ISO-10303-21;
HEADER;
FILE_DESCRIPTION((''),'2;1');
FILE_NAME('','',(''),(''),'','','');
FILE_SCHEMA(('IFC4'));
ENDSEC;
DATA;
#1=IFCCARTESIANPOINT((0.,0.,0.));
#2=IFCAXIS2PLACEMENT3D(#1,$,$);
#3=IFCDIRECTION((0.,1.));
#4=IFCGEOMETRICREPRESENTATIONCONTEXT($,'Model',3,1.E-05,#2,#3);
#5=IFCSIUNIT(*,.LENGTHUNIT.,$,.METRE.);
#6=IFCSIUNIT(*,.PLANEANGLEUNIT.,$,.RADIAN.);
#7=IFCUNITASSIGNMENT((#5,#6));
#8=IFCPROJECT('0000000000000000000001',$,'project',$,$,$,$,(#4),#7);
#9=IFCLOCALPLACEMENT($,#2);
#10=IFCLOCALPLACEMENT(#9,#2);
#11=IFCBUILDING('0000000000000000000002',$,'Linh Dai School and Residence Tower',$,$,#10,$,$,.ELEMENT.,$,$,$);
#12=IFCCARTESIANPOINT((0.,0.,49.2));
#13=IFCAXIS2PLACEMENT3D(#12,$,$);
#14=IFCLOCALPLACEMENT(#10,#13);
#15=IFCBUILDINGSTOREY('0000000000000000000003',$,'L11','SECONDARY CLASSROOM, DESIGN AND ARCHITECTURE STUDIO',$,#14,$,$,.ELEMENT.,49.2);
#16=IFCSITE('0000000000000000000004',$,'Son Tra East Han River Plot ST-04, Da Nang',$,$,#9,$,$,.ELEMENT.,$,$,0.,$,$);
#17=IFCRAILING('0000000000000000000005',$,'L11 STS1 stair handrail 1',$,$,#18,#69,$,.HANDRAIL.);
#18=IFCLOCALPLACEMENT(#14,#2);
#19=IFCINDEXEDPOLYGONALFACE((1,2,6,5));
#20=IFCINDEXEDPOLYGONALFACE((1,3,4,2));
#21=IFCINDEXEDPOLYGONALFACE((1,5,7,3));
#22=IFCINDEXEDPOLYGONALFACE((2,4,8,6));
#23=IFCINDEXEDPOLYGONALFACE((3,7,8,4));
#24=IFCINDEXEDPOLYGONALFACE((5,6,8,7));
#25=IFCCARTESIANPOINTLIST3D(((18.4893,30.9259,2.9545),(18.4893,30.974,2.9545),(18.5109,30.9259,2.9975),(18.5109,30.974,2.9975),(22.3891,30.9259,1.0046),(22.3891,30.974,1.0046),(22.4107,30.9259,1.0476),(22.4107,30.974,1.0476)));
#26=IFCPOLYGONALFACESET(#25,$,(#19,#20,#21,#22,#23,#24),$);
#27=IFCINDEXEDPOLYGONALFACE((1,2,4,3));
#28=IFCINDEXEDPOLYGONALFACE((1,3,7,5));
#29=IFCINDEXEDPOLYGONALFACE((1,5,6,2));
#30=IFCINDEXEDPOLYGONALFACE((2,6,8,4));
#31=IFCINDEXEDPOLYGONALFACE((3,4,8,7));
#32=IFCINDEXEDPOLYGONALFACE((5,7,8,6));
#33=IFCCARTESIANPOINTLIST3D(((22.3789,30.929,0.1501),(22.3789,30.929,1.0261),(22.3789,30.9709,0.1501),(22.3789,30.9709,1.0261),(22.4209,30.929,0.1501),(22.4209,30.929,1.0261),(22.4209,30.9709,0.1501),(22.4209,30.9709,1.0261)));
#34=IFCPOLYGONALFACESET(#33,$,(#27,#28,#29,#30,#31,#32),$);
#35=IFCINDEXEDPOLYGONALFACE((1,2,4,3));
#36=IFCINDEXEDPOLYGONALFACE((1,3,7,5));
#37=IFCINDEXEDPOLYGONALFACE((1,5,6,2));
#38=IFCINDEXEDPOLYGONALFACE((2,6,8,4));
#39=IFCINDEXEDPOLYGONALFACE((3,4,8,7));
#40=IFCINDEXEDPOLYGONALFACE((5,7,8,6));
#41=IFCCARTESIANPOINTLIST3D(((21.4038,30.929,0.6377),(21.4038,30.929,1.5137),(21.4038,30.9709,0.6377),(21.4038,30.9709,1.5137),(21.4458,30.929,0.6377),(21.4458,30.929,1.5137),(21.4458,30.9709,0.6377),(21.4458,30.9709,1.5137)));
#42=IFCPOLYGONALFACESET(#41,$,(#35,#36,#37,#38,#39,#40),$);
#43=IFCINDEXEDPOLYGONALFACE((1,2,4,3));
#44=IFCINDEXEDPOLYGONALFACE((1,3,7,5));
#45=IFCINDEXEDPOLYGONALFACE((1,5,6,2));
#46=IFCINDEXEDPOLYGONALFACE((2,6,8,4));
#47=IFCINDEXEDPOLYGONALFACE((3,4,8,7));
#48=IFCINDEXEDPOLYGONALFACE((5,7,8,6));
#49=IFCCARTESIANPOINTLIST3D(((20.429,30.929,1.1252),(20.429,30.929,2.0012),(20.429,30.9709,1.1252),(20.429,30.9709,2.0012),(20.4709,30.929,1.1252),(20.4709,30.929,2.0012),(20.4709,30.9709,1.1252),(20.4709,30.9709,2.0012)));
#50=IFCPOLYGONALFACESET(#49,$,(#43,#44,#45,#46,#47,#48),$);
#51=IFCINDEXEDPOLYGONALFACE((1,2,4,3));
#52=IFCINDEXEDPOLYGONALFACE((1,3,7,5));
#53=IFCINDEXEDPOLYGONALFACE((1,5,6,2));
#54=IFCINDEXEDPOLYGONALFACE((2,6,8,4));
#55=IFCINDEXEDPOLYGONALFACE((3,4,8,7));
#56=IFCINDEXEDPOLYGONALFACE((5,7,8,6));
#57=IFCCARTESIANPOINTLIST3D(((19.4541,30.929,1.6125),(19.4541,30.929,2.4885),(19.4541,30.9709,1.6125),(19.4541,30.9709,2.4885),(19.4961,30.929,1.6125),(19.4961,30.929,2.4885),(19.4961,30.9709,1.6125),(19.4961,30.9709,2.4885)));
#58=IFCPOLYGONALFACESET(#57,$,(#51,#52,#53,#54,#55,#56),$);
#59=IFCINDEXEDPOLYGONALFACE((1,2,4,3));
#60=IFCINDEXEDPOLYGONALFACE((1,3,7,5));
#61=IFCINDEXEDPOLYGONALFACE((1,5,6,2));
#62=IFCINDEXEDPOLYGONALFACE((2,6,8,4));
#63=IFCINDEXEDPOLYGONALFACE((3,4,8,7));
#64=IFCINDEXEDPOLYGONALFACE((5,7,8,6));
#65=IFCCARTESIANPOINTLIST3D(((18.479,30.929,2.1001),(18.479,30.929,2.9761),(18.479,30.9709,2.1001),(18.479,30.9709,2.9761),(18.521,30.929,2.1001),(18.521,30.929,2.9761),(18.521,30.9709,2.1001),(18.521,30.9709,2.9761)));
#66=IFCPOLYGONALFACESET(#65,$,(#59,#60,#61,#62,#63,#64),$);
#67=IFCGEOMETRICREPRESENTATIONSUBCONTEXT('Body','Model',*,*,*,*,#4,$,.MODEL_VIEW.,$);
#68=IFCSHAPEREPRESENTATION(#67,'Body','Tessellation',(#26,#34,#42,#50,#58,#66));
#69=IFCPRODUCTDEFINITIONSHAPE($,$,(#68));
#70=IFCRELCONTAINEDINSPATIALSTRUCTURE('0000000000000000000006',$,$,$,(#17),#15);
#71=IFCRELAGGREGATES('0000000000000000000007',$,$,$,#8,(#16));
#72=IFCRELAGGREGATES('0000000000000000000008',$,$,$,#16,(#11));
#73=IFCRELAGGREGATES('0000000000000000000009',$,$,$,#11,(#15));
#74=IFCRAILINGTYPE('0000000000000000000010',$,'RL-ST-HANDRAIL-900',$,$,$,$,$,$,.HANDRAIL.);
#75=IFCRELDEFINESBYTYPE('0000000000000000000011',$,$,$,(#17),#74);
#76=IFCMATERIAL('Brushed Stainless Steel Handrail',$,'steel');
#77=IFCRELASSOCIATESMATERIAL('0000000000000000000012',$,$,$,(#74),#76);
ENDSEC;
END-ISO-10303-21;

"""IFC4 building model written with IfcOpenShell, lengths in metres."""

from ifc_helpers import new_model, si_unit, direction, frame, origin, origin_2d, place, context, subcontext, project, spatial, rectangle, extrude, source, transform, mapped, material, type_object, element, save


model = new_model("IFC4")

# Units and contexts
model_context = context("Model", 3, precision=1e-05, world=origin(), true_north=direction((0.0, 1.0)))
body_context = subcontext(model_context, "Body", "Model", "MODEL_VIEW")
ifc_project = project(units=[si_unit("LENGTHUNIT", "METRE"), si_unit("PLANEANGLEUNIT", "RADIAN")], contexts=[model_context])

# Site, building, storey
site_placement = place(None, origin())
site = spatial("IfcSite", under=ifc_project, at=site_placement, Name="Son Tra East Han River Plot ST-04, Da Nang", CompositionType="ELEMENT", RefElevation=0.0)
building_placement = place(site_placement, origin())
building = spatial("IfcBuilding", under=site, at=building_placement, Name="Linh Dai School and Residence Tower", CompositionType="ELEMENT")
storey_placement = place(building_placement, frame((0.0, 0.0, 49.2)))
storey = spatial("IfcBuildingStorey", under=building, at=storey_placement, Name="L11", Description="SECONDARY CLASSROOM, DESIGN AND ARCHITECTURE STUDIO", CompositionType="ELEMENT", Elevation=49.2)

# Railing
ifc_material_1 = material(Name="Brushed Stainless Steel Handrail", Category="steel")
railing_type_1 = type_object("IfcRailingType", Name="RL-ST-HANDRAIL-900", PredefinedType="HANDRAIL", material=ifc_material_1)
shared_shape_1 = source(origin(), body_context, "Body", "SweptSolid", [
    extrude(rectangle(XDim=0.0481, YDim=0.0481, at=origin_2d()), frame((0.0, 0.0, 0.876), z_axis=(-0.894427, 0.0, 0.447214), x_axis=(0.0, -1.0, 0.0)), (0.0, 0.0, 1.0), 4.3601),
    extrude(rectangle(XDim=0.042, YDim=0.042, at=origin_2d()), origin(), (0.0, 0.0, 1.0), 0.876),
    extrude(rectangle(XDim=0.042, YDim=0.042, at=origin_2d()), frame((-0.9751, 0.0, 0.4875)), (0.0, 0.0, 1.0), 0.876),
    extrude(rectangle(XDim=0.042, YDim=0.042, at=origin_2d()), frame((-1.95, 0.0, 0.9751)), (0.0, 0.0, 1.0), 0.876),
    extrude(rectangle(XDim=0.042, YDim=0.042, at=origin_2d()), frame((-2.9248, 0.0, 1.4624)), (0.0, 0.0, 1.0), 0.876),
    extrude(rectangle(XDim=0.042, YDim=0.042, at=origin_2d()), frame((-3.8999, 0.0, 1.95)), (0.0, 0.0, 1.0), 0.876),
])
railing_1_placement = place(storey_placement, frame((22.3999, 30.95, 0.1501)))
element("IfcRailing", 1, at=railing_1_placement, inside=storey, type_object=railing_type_1, Name="L11 STS1 stair handrail 1", PredefinedType="HANDRAIL", context=body_context, shape_type="MappedRepresentation", body=[
    mapped(shared_shape_1, transform((0.0, 0.0, 0.0), x_axis=(1.0, 0.0, 0.0), y_axis=(0.0, 1.0, 0.0), z_axis=(0.0, 0.0, 1.0), scale=1.0)),
])

save(model, "model.ifc")
